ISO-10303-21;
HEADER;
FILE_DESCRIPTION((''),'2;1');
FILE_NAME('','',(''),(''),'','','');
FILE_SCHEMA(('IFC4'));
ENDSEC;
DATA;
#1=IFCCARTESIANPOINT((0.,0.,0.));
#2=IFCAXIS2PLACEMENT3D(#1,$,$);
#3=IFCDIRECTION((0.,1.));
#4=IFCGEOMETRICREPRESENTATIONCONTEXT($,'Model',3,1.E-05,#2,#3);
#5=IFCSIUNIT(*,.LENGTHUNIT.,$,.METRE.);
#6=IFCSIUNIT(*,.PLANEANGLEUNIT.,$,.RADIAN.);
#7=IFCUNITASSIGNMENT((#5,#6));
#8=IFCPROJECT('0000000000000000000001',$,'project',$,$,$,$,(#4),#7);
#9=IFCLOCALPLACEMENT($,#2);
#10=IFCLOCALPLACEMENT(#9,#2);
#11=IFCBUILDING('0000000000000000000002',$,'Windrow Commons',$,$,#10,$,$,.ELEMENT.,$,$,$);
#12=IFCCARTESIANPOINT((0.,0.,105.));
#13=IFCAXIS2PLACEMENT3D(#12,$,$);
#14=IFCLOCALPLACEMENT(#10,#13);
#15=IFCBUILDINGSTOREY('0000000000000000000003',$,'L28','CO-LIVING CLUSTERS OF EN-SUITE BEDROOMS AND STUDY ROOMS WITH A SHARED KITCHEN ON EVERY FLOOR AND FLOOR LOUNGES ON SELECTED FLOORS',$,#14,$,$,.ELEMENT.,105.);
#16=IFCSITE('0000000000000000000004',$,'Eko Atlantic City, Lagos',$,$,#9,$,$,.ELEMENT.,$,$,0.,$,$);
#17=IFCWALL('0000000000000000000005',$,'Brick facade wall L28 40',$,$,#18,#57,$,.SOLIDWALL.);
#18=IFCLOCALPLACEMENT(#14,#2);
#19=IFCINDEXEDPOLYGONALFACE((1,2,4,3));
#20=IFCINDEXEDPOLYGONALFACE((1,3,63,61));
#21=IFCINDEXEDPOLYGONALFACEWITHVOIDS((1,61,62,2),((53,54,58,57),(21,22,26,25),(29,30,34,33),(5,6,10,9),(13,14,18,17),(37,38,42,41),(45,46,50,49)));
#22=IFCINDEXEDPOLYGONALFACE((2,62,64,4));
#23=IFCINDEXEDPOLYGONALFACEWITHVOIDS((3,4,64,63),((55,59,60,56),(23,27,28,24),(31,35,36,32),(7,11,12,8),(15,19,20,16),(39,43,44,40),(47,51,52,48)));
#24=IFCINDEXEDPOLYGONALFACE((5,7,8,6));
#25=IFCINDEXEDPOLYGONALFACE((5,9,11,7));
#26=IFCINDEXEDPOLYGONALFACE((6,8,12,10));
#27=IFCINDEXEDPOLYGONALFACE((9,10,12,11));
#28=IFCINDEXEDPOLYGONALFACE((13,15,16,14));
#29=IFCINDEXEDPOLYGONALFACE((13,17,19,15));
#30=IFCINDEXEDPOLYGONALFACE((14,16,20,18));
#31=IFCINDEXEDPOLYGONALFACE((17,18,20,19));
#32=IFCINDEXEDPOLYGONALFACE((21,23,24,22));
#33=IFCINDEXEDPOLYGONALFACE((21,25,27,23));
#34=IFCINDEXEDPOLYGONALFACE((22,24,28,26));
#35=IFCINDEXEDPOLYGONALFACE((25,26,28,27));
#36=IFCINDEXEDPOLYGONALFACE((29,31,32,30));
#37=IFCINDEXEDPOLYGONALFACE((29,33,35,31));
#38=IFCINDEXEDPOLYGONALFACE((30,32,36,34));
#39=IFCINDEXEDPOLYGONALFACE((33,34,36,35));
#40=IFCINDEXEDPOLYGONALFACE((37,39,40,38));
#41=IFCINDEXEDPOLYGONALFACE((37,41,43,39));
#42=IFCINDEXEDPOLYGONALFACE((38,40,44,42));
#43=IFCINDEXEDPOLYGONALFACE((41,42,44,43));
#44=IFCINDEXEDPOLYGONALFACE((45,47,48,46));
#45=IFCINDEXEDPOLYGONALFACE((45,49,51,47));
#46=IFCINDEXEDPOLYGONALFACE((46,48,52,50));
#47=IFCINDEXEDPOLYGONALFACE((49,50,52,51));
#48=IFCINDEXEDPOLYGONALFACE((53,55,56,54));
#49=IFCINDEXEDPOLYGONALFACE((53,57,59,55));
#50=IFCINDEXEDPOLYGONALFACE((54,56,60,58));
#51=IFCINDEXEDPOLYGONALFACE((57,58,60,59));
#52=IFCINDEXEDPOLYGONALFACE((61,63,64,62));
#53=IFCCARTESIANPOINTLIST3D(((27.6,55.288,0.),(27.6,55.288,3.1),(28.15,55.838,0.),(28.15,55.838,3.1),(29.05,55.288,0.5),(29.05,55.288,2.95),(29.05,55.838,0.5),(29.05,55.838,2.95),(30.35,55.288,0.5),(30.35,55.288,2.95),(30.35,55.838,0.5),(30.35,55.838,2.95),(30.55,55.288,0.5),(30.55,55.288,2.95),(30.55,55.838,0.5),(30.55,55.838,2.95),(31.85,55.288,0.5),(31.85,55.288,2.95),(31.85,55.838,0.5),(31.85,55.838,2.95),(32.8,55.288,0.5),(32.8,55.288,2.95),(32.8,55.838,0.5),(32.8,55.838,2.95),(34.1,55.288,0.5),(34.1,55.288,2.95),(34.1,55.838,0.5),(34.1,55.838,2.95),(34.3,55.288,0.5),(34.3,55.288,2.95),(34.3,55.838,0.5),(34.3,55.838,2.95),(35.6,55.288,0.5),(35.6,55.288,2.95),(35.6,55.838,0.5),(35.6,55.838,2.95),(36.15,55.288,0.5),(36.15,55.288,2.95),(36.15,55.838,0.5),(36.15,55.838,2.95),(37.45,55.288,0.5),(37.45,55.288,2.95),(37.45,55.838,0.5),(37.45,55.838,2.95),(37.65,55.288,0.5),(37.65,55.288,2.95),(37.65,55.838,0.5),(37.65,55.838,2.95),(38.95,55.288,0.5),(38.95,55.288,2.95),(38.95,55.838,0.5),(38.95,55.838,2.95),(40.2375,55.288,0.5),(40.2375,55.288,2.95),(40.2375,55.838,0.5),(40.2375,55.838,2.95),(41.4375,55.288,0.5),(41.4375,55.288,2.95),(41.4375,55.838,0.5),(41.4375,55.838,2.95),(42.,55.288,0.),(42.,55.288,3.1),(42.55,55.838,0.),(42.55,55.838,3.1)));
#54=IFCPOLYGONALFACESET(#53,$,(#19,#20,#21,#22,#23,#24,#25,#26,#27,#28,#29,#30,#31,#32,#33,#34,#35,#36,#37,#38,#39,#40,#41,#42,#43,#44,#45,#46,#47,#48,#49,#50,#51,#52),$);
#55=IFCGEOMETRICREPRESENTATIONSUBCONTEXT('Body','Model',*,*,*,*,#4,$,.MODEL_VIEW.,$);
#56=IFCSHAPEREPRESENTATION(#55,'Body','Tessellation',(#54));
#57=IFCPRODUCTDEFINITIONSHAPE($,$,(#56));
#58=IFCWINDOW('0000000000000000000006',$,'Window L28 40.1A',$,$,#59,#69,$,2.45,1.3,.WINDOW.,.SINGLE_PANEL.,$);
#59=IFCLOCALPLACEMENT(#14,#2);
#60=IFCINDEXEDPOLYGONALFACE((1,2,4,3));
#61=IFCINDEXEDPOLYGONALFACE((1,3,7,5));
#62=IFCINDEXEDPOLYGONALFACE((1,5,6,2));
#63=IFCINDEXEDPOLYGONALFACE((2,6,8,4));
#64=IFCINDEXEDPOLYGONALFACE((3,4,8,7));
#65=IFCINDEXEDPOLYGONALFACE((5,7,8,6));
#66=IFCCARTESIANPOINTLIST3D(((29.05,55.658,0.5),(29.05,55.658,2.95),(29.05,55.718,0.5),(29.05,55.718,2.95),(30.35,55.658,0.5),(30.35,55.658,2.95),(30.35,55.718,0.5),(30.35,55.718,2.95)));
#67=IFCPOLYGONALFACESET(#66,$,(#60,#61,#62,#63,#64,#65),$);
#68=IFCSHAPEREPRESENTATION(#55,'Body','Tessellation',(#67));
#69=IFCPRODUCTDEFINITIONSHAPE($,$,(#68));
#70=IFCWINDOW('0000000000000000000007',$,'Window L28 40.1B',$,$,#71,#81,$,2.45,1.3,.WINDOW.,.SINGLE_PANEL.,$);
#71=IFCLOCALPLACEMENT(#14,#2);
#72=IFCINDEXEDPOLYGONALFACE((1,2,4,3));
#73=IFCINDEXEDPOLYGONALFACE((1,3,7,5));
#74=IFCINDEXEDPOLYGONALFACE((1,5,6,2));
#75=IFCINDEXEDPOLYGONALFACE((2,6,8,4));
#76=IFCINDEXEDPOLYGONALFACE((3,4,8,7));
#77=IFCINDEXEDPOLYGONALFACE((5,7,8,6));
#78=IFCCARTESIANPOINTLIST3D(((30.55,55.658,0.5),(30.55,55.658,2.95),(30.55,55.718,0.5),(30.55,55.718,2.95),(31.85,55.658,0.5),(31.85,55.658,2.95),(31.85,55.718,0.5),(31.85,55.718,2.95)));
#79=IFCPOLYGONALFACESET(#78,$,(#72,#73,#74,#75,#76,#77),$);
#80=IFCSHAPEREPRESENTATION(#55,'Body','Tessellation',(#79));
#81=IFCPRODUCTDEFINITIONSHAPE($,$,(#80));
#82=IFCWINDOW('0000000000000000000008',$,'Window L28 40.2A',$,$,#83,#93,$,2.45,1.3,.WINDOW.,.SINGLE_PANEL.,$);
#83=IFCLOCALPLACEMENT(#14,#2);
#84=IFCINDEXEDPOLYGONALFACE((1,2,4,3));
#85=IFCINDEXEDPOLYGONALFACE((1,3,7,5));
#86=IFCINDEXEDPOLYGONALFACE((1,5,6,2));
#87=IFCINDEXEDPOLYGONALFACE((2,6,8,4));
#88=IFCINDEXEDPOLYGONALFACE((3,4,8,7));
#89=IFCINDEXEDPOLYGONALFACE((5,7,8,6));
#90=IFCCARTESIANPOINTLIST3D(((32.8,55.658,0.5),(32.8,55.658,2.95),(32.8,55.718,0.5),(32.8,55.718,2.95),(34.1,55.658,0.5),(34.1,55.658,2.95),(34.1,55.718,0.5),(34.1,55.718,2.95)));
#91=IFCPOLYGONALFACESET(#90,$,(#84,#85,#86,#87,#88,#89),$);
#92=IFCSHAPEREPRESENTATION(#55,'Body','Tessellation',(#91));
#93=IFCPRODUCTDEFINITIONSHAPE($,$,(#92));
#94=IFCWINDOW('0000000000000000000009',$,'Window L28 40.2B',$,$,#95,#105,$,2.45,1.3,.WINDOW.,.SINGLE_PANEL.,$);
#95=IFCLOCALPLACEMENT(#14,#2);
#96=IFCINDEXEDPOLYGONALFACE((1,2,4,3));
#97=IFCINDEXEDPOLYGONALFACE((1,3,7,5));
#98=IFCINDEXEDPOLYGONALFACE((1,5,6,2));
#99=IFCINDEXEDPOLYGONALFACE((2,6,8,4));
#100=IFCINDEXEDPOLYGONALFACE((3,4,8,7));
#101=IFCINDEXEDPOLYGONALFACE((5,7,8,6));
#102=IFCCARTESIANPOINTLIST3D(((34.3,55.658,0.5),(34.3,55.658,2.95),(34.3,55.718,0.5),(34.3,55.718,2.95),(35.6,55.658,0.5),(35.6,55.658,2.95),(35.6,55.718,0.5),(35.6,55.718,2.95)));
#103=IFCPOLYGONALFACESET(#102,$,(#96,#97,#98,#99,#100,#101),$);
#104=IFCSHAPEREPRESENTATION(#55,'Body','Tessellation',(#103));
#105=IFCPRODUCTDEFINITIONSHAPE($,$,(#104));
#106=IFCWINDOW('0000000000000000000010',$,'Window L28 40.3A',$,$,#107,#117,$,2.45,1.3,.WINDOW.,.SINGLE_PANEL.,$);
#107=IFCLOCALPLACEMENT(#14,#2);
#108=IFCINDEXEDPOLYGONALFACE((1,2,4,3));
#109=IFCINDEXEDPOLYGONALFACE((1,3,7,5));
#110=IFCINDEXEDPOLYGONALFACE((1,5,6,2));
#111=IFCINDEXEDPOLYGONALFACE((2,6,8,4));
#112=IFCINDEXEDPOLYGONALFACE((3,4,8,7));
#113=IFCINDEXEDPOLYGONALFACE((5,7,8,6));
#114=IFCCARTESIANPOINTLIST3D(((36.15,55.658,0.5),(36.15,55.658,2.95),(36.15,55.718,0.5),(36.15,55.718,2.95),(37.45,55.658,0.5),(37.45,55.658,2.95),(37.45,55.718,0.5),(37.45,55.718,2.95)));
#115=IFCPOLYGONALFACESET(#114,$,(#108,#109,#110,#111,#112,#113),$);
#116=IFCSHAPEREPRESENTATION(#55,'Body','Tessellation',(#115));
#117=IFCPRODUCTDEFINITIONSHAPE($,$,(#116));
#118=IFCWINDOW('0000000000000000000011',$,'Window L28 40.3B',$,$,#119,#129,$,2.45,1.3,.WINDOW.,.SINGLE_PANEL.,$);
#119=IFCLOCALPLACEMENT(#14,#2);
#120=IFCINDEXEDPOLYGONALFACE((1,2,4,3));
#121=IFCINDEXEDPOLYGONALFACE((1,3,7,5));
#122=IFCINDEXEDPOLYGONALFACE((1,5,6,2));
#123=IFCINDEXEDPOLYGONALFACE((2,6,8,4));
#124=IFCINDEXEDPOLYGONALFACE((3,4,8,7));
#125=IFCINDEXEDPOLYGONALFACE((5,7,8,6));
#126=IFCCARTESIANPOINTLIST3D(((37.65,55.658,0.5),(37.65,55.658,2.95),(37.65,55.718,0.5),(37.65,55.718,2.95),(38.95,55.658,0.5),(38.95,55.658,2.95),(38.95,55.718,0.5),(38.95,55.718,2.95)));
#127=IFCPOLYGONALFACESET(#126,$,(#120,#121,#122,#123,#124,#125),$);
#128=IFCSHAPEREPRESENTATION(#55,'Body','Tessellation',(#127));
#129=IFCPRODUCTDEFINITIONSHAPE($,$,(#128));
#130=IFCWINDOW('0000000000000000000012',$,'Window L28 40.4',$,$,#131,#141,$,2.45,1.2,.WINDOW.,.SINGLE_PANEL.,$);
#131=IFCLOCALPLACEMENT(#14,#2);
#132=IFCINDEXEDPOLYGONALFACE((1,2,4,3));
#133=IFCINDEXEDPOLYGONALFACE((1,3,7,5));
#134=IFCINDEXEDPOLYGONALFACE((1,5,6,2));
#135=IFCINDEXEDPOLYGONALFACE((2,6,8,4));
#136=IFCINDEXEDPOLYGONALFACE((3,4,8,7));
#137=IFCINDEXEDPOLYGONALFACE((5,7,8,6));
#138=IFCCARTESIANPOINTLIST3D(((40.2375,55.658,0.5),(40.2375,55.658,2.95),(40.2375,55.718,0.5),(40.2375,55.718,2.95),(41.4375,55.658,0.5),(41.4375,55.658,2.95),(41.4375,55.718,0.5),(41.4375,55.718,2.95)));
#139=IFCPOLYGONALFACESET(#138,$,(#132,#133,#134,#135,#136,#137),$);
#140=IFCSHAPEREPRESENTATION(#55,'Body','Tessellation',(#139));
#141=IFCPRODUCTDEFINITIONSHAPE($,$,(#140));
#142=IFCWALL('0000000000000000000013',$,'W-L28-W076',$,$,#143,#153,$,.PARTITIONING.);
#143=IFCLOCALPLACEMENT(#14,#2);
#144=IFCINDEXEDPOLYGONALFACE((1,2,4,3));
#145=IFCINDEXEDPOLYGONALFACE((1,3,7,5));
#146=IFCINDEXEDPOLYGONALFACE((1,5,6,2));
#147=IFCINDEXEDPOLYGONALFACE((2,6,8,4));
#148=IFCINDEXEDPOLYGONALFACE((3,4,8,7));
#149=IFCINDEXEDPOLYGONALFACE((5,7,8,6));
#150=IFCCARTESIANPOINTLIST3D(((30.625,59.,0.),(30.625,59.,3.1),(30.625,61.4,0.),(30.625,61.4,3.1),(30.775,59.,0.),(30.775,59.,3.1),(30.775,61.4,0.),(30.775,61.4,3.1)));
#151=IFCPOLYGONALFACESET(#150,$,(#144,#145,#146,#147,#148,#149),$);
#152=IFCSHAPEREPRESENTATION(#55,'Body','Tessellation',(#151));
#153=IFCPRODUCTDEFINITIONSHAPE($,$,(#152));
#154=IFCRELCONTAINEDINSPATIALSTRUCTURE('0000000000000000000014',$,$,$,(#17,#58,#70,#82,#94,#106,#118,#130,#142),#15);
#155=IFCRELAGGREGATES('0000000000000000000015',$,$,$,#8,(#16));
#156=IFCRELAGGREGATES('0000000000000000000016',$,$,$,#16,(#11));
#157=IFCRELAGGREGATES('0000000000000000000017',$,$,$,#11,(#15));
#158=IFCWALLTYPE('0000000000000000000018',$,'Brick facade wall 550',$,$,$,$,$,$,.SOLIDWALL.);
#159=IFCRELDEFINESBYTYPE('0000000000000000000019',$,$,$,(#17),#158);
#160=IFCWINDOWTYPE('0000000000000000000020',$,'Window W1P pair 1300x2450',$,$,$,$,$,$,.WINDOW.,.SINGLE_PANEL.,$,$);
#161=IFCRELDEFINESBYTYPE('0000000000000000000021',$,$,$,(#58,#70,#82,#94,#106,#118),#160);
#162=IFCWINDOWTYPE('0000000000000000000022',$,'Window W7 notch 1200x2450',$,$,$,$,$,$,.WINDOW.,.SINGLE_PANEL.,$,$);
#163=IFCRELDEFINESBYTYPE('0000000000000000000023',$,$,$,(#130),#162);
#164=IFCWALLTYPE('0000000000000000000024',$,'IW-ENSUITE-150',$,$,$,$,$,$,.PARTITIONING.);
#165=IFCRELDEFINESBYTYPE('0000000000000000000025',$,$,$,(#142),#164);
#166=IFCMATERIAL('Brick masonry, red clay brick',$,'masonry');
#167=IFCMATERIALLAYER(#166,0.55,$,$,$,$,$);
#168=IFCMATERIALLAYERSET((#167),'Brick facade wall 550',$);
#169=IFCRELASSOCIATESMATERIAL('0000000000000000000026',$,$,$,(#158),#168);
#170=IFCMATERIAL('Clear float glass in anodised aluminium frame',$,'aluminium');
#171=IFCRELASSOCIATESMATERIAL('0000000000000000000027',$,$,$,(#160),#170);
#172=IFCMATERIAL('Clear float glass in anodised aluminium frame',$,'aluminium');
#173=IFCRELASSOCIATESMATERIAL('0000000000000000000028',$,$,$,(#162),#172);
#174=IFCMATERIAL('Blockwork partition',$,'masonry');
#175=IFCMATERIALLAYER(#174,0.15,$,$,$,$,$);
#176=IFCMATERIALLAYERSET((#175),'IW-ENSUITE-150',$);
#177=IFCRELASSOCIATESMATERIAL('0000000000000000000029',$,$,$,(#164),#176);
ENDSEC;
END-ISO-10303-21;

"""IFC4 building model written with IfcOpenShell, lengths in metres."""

from ifc_helpers import new_model, si_unit, direction, frame, frame_2d, origin, place, context, subcontext, project, spatial, polyline, rectangle, outline, extrude, material, layer, layer_set, type_object, element, fill, save


model = new_model("IFC4")

# Units and contexts
model_context = context("Model", 3, precision=1e-05, world=origin(), true_north=direction((0.0, 1.0)))
body_context = subcontext(model_context, "Body", "Model", "MODEL_VIEW")
ifc_project = project(units=[si_unit("LENGTHUNIT", "METRE"), si_unit("PLANEANGLEUNIT", "RADIAN")], contexts=[model_context])

# Site, building, storey
site_placement = place(None, origin())
site = spatial("IfcSite", under=ifc_project, at=site_placement, Name="Eko Atlantic City, Lagos", CompositionType="ELEMENT", RefElevation=0.0)
building_placement = place(site_placement, origin())
building = spatial("IfcBuilding", under=site, at=building_placement, Name="Windrow Commons", CompositionType="ELEMENT")
storey_placement = place(building_placement, frame((0.0, 0.0, 105.0)))
storey = spatial("IfcBuildingStorey", under=building, at=storey_placement, Name="L28", Description="CO-LIVING CLUSTERS OF EN-SUITE BEDROOMS AND STUDY ROOMS WITH A SHARED KITCHEN ON EVERY FLOOR AND FLOOR LOUNGES ON SELECTED FLOORS", CompositionType="ELEMENT", Elevation=105.0)

# Wall, openings, windows
ifc_material_1 = material(Name="Brick masonry, red clay brick", Category="masonry")
ifc_layer_1 = layer(ifc_material_1, 0.55)
ifc_layer_set_1 = layer_set([ifc_layer_1], Name="Brick facade wall 550")
wall_type_1 = type_object("IfcWallType", Name="Brick facade wall 550", PredefinedType="SOLIDWALL", material=ifc_layer_set_1)
wall_1_placement = place(storey_placement, frame((27.875, 55.563, 0.0), z_axis=(0.0, 0.0, 1.0), x_axis=(1.0, 0.0, 0.0)))
wall_1 = element("IfcWall", 1, at=wall_1_placement, inside=storey, type_object=wall_type_1, Name="Brick facade wall L28 40", PredefinedType="SOLIDWALL", context=body_context, shape_type="SweptSolid", body=[
    extrude(outline(polyline([(-0.275, -0.275), (14.125, -0.275), (14.675, 0.275), (0.275, 0.275), (-0.275, -0.275)])), origin(), (0.0, 0.0, 1.0), 3.1),
])
opening_1_placement = place(wall_1_placement, frame((1.175, 0.0, 0.5)))
opening_1 = element("IfcOpeningElement", 2, at=opening_1_placement, cuts=wall_1, PredefinedType="OPENING", context=body_context, shape_type="SweptSolid", body=[
    extrude(rectangle(XDim=1.3, YDim=2.45, at=frame_2d((0.65, 1.225))), frame((0.0, 0.285, 0.0), z_axis=(0.0, -1.0, 0.0), x_axis=(1.0, 0.0, 0.0)), (0.0, 0.0, 1.0), 0.57),
])
opening_2_placement = place(wall_1_placement, frame((2.675, 0.0, 0.5)))
opening_2 = element("IfcOpeningElement", 3, at=opening_2_placement, cuts=wall_1, PredefinedType="OPENING", context=body_context, shape_type="SweptSolid", body=[
    extrude(rectangle(XDim=1.3, YDim=2.45, at=frame_2d((0.65, 1.225))), frame((0.0, 0.285, 0.0), z_axis=(0.0, -1.0, 0.0), x_axis=(1.0, 0.0, 0.0)), (0.0, 0.0, 1.0), 0.57),
])
opening_3_placement = place(wall_1_placement, frame((4.925, 0.0, 0.5)))
opening_3 = element("IfcOpeningElement", 4, at=opening_3_placement, cuts=wall_1, PredefinedType="OPENING", context=body_context, shape_type="SweptSolid", body=[
    extrude(rectangle(XDim=1.3, YDim=2.45, at=frame_2d((0.65, 1.225))), frame((0.0, 0.285, 0.0), z_axis=(0.0, -1.0, 0.0), x_axis=(1.0, 0.0, 0.0)), (0.0, 0.0, 1.0), 0.57),
])
opening_4_placement = place(wall_1_placement, frame((6.425, 0.0, 0.5)))
opening_4 = element("IfcOpeningElement", 5, at=opening_4_placement, cuts=wall_1, PredefinedType="OPENING", context=body_context, shape_type="SweptSolid", body=[
    extrude(rectangle(XDim=1.3, YDim=2.45, at=frame_2d((0.65, 1.225))), frame((0.0, 0.285, 0.0), z_axis=(0.0, -1.0, 0.0), x_axis=(1.0, 0.0, 0.0)), (0.0, 0.0, 1.0), 0.57),
])
opening_5_placement = place(wall_1_placement, frame((8.275, 0.0, 0.5)))
opening_5 = element("IfcOpeningElement", 6, at=opening_5_placement, cuts=wall_1, PredefinedType="OPENING", context=body_context, shape_type="SweptSolid", body=[
    extrude(rectangle(XDim=1.3, YDim=2.45, at=frame_2d((0.65, 1.225))), frame((0.0, 0.285, 0.0), z_axis=(0.0, -1.0, 0.0), x_axis=(1.0, 0.0, 0.0)), (0.0, 0.0, 1.0), 0.57),
])
opening_6_placement = place(wall_1_placement, frame((9.775, 0.0, 0.5)))
opening_6 = element("IfcOpeningElement", 7, at=opening_6_placement, cuts=wall_1, PredefinedType="OPENING", context=body_context, shape_type="SweptSolid", body=[
    extrude(rectangle(XDim=1.3, YDim=2.45, at=frame_2d((0.65, 1.225))), frame((0.0, 0.285, 0.0), z_axis=(0.0, -1.0, 0.0), x_axis=(1.0, 0.0, 0.0)), (0.0, 0.0, 1.0), 0.57),
])
opening_7_placement = place(wall_1_placement, frame((12.3625, 0.0, 0.5)))
opening_7 = element("IfcOpeningElement", 8, at=opening_7_placement, cuts=wall_1, PredefinedType="OPENING", context=body_context, shape_type="SweptSolid", body=[
    extrude(rectangle(XDim=1.2, YDim=2.45, at=frame_2d((0.6, 1.225))), frame((0.0, 0.285, 0.0), z_axis=(0.0, -1.0, 0.0), x_axis=(1.0, 0.0, 0.0)), (0.0, 0.0, 1.0), 0.57),
])
ifc_material_2 = material(Name="Clear float glass in anodised aluminium frame", Category="aluminium")
window_type_1 = type_object("IfcWindowType", Name="Window W1P pair 1300x2450", PartitioningType="SINGLE_PANEL", PredefinedType="WINDOW", material=ifc_material_2)
window_1_placement = place(opening_1_placement, origin())
window_1 = element("IfcWindow", 9, at=window_1_placement, inside=storey, type_object=window_type_1, Name="Window L28 40.1A", OverallHeight=2.45, OverallWidth=1.3, PartitioningType="SINGLE_PANEL", PredefinedType="WINDOW", context=body_context, shape_type="SweptSolid", body=[
    extrude(rectangle(XDim=1.3, YDim=2.45, at=frame_2d((0.65, 1.225))), frame((0.0, 0.155, 0.0), z_axis=(0.0, -1.0, 0.0), x_axis=(1.0, 0.0, 0.0)), (0.0, 0.0, 1.0), 0.06),
])
fill(opening_1, window_1)
window_2_placement = place(opening_2_placement, origin())
window_2 = element("IfcWindow", 10, at=window_2_placement, inside=storey, type_object=window_type_1, Name="Window L28 40.1B", OverallHeight=2.45, OverallWidth=1.3, PartitioningType="SINGLE_PANEL", PredefinedType="WINDOW", context=body_context, shape_type="SweptSolid", body=[
    extrude(rectangle(XDim=1.3, YDim=2.45, at=frame_2d((0.65, 1.225))), frame((0.0, 0.155, 0.0), z_axis=(0.0, -1.0, 0.0), x_axis=(1.0, 0.0, 0.0)), (0.0, 0.0, 1.0), 0.06),
])
fill(opening_2, window_2)
window_3_placement = place(opening_3_placement, origin())
window_3 = element("IfcWindow", 11, at=window_3_placement, inside=storey, type_object=window_type_1, Name="Window L28 40.2A", OverallHeight=2.45, OverallWidth=1.3, PartitioningType="SINGLE_PANEL", PredefinedType="WINDOW", context=body_context, shape_type="SweptSolid", body=[
    extrude(rectangle(XDim=1.3, YDim=2.45, at=frame_2d((0.65, 1.225))), frame((0.0, 0.155, 0.0), z_axis=(0.0, -1.0, 0.0), x_axis=(1.0, 0.0, 0.0)), (0.0, 0.0, 1.0), 0.06),
])
fill(opening_3, window_3)
window_4_placement = place(opening_4_placement, origin())
window_4 = element("IfcWindow", 12, at=window_4_placement, inside=storey, type_object=window_type_1, Name="Window L28 40.2B", OverallHeight=2.45, OverallWidth=1.3, PartitioningType="SINGLE_PANEL", PredefinedType="WINDOW", context=body_context, shape_type="SweptSolid", body=[
    extrude(rectangle(XDim=1.3, YDim=2.45, at=frame_2d((0.65, 1.225))), frame((0.0, 0.155, 0.0), z_axis=(0.0, -1.0, 0.0), x_axis=(1.0, 0.0, 0.0)), (0.0, 0.0, 1.0), 0.06),
])
fill(opening_4, window_4)
window_5_placement = place(opening_5_placement, origin())
window_5 = element("IfcWindow", 13, at=window_5_placement, inside=storey, type_object=window_type_1, Name="Window L28 40.3A", OverallHeight=2.45, OverallWidth=1.3, PartitioningType="SINGLE_PANEL", PredefinedType="WINDOW", context=body_context, shape_type="SweptSolid", body=[
    extrude(rectangle(XDim=1.3, YDim=2.45, at=frame_2d((0.65, 1.225))), frame((0.0, 0.155, 0.0), z_axis=(0.0, -1.0, 0.0), x_axis=(1.0, 0.0, 0.0)), (0.0, 0.0, 1.0), 0.06),
])
fill(opening_5, window_5)
window_6_placement = place(opening_6_placement, origin())
window_6 = element("IfcWindow", 14, at=window_6_placement, inside=storey, type_object=window_type_1, Name="Window L28 40.3B", OverallHeight=2.45, OverallWidth=1.3, PartitioningType="SINGLE_PANEL", PredefinedType="WINDOW", context=body_context, shape_type="SweptSolid", body=[
    extrude(rectangle(XDim=1.3, YDim=2.45, at=frame_2d((0.65, 1.225))), frame((0.0, 0.155, 0.0), z_axis=(0.0, -1.0, 0.0), x_axis=(1.0, 0.0, 0.0)), (0.0, 0.0, 1.0), 0.06),
])
fill(opening_6, window_6)
ifc_material_3 = material(Name="Clear float glass in anodised aluminium frame", Category="aluminium")
window_type_2 = type_object("IfcWindowType", Name="Window W7 notch 1200x2450", PartitioningType="SINGLE_PANEL", PredefinedType="WINDOW", material=ifc_material_3)
window_7_placement = place(opening_7_placement, origin())
window_7 = element("IfcWindow", 15, at=window_7_placement, inside=storey, type_object=window_type_2, Name="Window L28 40.4", OverallHeight=2.45, OverallWidth=1.2, PartitioningType="SINGLE_PANEL", PredefinedType="WINDOW", context=body_context, shape_type="SweptSolid", body=[
    extrude(rectangle(XDim=1.2, YDim=2.45, at=frame_2d((0.6, 1.225))), frame((0.0, 0.155, 0.0), z_axis=(0.0, -1.0, 0.0), x_axis=(1.0, 0.0, 0.0)), (0.0, 0.0, 1.0), 0.06),
])
fill(opening_7, window_7)

# Wall
ifc_material_4 = material(Name="Blockwork partition", Category="masonry")
ifc_layer_2 = layer(ifc_material_4, 0.15)
ifc_layer_set_2 = layer_set([ifc_layer_2], Name="IW-ENSUITE-150")
wall_type_2 = type_object("IfcWallType", Name="IW-ENSUITE-150", PredefinedType="PARTITIONING", material=ifc_layer_set_2)
wall_2_placement = place(storey_placement, frame((30.7, 59.0, 0.0), z_axis=(0.0, 0.0, 1.0), x_axis=(0.0, 1.0, 0.0)))
element("IfcWall", 16, at=wall_2_placement, inside=storey, type_object=wall_type_2, Name="W-L28-W076", PredefinedType="PARTITIONING", context=body_context, shape_type="SweptSolid", body=[
    extrude(rectangle(XDim=2.4, YDim=0.15, at=frame_2d((1.2, 0.0))), origin(), (0.0, 0.0, 1.0), 3.1),
])

save(model, "model.ifc")
